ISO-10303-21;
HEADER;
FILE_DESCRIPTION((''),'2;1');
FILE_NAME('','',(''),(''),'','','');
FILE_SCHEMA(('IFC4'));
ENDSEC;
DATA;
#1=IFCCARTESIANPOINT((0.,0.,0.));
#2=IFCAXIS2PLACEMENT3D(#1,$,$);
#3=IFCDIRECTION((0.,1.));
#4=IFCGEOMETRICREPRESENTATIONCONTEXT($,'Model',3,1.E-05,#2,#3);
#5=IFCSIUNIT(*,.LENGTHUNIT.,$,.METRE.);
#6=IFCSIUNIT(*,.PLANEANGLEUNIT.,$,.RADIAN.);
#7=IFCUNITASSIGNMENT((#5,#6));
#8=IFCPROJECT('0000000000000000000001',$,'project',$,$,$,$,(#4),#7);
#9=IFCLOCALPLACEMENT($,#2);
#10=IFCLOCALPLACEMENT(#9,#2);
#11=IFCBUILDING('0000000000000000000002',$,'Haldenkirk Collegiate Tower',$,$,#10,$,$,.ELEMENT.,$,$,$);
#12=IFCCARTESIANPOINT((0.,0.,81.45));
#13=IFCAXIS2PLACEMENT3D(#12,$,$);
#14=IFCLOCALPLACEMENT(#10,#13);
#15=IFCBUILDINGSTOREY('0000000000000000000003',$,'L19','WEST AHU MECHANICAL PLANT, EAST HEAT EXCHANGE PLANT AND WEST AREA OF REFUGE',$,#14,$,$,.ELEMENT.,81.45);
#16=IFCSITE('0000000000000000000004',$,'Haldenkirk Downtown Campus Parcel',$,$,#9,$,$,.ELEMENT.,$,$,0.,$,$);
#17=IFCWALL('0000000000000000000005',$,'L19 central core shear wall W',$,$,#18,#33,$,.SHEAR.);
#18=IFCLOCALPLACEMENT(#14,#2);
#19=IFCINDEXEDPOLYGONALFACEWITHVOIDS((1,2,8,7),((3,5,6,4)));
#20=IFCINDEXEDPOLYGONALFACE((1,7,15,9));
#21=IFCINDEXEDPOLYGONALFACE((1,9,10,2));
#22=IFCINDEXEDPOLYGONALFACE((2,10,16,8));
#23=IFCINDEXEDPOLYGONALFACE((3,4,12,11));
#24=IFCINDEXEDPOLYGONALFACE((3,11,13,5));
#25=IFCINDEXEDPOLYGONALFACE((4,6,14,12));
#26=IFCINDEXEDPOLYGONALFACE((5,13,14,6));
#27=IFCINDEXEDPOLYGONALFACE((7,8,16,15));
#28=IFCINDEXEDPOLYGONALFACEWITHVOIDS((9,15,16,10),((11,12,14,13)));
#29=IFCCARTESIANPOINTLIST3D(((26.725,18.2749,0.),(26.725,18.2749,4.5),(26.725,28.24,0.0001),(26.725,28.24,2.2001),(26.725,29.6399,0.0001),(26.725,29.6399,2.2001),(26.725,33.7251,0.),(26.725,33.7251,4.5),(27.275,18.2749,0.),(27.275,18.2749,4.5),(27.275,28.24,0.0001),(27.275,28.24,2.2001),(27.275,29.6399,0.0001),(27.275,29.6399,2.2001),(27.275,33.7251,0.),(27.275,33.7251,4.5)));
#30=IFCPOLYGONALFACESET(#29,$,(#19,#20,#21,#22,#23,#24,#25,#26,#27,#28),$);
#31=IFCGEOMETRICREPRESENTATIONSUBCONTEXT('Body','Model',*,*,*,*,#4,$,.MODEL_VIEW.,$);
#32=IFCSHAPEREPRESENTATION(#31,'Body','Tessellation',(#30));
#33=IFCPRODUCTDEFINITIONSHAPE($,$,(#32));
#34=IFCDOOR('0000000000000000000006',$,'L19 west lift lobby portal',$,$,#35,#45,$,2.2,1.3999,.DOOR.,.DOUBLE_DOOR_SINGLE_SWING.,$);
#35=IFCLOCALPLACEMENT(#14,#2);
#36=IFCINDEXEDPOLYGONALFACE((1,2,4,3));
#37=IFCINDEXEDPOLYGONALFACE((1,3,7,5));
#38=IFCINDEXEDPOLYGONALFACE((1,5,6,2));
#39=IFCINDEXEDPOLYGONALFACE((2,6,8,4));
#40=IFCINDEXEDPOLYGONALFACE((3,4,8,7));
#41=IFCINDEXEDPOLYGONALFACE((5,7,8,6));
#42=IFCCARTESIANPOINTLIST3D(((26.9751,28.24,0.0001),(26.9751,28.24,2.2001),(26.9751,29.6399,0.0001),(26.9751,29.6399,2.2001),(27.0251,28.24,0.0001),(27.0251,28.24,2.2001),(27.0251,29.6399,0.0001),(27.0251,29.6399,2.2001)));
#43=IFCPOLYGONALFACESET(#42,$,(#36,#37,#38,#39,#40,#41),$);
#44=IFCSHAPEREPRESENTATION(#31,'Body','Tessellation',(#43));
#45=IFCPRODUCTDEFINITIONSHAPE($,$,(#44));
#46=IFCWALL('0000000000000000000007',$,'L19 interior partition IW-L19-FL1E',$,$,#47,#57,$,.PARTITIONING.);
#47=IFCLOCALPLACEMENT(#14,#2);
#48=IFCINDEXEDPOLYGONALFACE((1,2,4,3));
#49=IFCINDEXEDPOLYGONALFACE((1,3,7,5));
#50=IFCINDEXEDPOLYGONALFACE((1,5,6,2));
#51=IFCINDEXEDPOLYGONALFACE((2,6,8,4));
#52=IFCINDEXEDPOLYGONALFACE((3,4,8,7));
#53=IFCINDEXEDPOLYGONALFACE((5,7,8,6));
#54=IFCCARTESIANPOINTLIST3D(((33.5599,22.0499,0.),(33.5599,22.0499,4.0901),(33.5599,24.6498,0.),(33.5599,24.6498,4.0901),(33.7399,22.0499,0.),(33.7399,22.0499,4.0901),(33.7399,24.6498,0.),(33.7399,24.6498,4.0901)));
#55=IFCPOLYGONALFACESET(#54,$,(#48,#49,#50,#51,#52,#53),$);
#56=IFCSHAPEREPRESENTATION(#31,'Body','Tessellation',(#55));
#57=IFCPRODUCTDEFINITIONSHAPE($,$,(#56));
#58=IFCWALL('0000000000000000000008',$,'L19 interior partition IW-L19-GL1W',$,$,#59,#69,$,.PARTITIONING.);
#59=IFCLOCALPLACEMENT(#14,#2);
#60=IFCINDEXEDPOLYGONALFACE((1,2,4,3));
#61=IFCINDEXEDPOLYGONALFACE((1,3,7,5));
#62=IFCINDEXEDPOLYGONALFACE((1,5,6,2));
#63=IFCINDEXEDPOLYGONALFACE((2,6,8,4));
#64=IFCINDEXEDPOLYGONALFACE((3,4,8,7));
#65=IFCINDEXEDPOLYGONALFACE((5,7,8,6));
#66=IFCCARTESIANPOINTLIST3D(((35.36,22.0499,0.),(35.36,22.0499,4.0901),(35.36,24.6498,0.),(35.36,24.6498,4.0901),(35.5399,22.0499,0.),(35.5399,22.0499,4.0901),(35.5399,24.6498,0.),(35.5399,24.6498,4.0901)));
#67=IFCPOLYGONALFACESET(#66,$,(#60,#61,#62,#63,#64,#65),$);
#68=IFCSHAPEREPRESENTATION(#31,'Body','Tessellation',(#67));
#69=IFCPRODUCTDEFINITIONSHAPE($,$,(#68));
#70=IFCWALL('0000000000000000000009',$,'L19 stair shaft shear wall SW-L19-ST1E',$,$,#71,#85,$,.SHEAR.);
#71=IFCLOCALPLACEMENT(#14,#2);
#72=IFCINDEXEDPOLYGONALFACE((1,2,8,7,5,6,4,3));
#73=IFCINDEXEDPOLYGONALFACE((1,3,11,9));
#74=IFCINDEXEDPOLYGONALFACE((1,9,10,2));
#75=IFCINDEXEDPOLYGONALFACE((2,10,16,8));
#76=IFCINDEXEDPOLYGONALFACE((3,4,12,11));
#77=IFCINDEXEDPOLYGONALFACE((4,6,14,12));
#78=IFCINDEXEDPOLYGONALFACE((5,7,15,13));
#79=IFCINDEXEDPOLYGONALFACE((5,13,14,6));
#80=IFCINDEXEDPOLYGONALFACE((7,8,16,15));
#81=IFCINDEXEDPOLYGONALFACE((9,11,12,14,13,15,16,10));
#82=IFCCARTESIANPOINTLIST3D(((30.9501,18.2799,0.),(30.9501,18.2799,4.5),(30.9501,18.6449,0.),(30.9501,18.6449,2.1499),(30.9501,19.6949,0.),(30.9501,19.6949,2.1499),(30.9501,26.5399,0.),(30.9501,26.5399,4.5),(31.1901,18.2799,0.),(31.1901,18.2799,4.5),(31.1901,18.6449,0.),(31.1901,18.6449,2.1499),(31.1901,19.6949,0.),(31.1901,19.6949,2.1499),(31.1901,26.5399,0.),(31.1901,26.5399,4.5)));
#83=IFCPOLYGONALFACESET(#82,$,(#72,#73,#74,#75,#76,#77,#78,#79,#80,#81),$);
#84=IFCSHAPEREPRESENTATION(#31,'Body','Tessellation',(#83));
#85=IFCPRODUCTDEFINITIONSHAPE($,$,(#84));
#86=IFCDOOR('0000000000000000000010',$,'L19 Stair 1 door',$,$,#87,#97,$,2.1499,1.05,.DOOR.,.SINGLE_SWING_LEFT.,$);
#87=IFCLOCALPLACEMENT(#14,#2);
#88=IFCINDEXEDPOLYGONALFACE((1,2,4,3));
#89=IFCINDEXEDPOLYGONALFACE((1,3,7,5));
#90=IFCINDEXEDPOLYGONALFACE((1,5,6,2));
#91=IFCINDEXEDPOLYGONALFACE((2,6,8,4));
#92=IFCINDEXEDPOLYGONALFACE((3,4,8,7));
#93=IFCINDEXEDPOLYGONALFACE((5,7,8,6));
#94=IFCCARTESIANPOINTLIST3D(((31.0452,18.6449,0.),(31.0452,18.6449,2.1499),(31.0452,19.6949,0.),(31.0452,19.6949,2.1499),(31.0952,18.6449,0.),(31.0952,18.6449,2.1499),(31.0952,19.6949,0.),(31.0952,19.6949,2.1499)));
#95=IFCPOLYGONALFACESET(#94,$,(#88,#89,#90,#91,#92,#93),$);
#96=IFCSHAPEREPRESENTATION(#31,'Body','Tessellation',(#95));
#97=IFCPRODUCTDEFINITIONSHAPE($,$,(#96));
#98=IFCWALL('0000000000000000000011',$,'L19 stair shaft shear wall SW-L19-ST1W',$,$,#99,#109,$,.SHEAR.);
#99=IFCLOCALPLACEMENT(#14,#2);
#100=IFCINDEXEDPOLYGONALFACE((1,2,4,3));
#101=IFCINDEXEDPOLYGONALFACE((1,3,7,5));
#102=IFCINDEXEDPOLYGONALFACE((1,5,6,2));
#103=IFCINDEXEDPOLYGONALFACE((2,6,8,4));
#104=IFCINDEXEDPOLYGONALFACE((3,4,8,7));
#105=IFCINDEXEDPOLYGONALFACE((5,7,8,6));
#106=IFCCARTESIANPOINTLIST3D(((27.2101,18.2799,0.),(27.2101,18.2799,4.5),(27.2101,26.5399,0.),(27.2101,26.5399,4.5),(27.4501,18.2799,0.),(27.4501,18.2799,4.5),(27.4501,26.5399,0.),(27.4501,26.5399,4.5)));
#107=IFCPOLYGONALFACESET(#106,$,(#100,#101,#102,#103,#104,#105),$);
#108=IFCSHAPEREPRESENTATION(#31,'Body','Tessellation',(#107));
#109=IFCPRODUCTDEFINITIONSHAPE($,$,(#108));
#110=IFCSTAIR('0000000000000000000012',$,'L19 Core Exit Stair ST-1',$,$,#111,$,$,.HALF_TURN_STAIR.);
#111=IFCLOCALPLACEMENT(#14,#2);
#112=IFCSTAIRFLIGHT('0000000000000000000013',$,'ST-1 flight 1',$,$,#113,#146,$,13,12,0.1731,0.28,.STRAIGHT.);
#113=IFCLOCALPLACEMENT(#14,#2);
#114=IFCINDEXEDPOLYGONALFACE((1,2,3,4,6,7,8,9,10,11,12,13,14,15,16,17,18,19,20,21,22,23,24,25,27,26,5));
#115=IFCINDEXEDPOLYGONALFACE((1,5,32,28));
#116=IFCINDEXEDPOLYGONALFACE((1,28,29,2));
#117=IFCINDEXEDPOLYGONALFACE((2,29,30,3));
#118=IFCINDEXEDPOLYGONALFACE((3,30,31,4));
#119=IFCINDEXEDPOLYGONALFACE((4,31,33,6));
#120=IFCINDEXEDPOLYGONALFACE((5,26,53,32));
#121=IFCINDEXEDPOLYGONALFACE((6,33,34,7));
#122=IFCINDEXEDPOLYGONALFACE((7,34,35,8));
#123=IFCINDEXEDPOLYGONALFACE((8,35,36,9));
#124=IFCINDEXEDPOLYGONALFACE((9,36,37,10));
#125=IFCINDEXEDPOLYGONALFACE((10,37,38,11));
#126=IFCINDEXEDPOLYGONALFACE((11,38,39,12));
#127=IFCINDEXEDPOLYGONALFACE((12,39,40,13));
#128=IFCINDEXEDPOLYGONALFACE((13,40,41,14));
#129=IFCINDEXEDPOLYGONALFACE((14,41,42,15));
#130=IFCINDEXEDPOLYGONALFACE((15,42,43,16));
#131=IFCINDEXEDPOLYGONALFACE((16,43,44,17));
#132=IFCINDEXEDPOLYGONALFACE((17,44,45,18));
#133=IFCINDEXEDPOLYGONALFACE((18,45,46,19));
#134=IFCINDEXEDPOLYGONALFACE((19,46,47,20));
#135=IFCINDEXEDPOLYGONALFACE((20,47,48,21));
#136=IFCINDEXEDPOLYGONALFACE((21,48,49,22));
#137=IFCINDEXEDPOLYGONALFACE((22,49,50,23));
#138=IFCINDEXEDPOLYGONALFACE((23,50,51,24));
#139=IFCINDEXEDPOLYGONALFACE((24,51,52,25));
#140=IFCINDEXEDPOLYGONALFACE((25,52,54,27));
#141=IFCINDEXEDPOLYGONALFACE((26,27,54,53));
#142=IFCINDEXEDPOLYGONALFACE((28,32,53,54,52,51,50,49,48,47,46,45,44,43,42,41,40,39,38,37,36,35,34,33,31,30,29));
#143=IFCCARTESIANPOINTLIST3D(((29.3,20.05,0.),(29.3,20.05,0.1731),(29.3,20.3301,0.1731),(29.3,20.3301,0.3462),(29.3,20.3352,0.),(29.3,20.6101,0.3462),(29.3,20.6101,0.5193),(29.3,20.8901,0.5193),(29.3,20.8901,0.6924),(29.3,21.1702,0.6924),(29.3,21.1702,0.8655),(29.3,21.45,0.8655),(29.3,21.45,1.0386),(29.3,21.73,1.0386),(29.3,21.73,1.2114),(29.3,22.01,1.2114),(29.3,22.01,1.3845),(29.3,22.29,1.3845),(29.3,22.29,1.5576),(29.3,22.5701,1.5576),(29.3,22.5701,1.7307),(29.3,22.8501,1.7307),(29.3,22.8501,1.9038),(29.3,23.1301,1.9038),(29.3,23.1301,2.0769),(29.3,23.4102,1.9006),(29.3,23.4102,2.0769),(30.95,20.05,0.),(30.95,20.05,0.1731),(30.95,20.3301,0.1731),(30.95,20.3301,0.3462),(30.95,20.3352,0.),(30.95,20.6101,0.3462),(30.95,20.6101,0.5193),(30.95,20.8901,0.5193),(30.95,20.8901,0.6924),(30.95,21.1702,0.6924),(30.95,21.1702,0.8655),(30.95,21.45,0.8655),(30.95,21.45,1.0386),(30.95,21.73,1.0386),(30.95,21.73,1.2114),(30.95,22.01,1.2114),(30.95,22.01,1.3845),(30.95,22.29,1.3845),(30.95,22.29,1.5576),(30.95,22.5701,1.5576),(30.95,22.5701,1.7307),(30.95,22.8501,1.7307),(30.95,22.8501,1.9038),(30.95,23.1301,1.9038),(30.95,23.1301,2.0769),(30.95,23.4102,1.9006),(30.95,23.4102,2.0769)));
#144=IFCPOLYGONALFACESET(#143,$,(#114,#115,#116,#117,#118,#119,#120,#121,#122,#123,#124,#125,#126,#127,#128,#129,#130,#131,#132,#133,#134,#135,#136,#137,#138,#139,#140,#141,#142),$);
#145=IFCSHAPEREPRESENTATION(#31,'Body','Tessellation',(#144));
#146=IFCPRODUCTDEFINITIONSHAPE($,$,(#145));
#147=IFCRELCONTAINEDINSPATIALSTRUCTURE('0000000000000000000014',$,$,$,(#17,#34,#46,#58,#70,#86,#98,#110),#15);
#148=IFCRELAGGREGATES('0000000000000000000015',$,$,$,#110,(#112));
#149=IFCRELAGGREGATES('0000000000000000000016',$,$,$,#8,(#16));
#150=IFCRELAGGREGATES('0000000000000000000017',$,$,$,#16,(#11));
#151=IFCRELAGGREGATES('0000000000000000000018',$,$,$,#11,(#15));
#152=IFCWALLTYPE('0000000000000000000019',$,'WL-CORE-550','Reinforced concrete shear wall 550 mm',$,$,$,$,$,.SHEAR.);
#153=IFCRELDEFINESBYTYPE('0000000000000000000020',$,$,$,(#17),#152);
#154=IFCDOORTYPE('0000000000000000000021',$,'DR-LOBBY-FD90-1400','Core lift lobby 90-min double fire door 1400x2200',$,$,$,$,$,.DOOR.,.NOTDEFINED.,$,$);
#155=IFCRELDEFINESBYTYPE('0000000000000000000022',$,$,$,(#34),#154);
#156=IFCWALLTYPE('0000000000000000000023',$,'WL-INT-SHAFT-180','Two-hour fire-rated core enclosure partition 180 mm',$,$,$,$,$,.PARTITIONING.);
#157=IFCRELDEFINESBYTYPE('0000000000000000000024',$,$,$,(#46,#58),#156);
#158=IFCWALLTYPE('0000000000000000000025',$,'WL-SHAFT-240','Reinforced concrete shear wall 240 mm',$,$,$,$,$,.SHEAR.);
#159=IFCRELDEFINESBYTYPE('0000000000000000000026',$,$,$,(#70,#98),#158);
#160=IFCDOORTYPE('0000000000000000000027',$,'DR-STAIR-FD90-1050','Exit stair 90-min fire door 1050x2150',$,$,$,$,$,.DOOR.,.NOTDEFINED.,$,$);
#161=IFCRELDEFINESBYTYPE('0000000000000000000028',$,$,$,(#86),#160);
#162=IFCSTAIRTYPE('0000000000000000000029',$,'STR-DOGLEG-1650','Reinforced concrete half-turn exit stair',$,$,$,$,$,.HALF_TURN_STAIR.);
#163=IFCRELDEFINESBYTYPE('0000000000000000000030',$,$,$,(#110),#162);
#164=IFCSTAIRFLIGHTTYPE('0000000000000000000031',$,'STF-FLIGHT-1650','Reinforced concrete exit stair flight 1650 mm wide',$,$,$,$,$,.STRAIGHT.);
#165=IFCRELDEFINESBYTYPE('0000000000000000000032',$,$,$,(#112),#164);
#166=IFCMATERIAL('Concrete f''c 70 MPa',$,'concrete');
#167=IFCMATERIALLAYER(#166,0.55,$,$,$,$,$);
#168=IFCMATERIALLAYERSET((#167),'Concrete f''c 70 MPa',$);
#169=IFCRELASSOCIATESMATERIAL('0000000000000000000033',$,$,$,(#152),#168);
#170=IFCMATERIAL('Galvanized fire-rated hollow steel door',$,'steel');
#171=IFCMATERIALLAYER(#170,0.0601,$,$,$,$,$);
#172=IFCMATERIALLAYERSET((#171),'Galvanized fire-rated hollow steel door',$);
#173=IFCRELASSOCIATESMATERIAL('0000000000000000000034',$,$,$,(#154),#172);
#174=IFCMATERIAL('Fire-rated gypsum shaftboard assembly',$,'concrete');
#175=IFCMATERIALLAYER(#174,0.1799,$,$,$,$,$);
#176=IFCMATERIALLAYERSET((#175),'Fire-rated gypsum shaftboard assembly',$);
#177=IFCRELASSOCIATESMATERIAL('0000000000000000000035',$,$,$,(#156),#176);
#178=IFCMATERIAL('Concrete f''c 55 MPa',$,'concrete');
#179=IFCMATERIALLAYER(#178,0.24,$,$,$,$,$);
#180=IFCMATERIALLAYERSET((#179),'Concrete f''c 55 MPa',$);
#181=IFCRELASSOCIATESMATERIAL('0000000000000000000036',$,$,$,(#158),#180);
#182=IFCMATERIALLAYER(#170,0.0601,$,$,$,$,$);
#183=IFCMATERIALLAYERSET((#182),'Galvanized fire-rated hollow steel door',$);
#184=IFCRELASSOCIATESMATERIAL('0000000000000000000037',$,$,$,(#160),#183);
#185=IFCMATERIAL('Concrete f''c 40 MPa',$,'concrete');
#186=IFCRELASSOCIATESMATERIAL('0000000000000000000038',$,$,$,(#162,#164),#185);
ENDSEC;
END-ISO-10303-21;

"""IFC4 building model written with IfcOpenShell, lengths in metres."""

from ifc_helpers import new_model, si_unit, direction, frame, frame_2d, origin, place, context, subcontext, project, spatial, polyline, rectangle, outline, extrude, material, layer, layer_set, type_object, element, fill, aggregate, save


model = new_model("IFC4")

# Units and contexts
model_context = context("Model", 3, precision=1e-05, world=origin(), true_north=direction((0.0, 1.0)))
body_context = subcontext(model_context, "Body", "Model", "MODEL_VIEW")
ifc_project = project(units=[si_unit("LENGTHUNIT", "METRE"), si_unit("PLANEANGLEUNIT", "RADIAN")], contexts=[model_context])

# Site, building, storey
site_placement = place(None, origin())
site = spatial("IfcSite", under=ifc_project, at=site_placement, Name="Haldenkirk Downtown Campus Parcel", CompositionType="ELEMENT", RefElevation=0.0)
building_placement = place(site_placement, origin())
building = spatial("IfcBuilding", under=site, at=building_placement, Name="Haldenkirk Collegiate Tower", CompositionType="ELEMENT")
storey_placement = place(building_placement, frame((0.0, 0.0, 81.45)))
storey = spatial("IfcBuildingStorey", under=building, at=storey_placement, Name="L19", Description="WEST AHU MECHANICAL PLANT, EAST HEAT EXCHANGE PLANT AND WEST AREA OF REFUGE", CompositionType="ELEMENT", Elevation=81.45)

# Wall, opening, door
ifc_material_1 = material(Name="Concrete f'c 70 MPa", Category="concrete")
ifc_layer_1 = layer(ifc_material_1, 0.55)
ifc_layer_set_1 = layer_set([ifc_layer_1], Name="Concrete f'c 70 MPa")
wall_type_1 = type_object("IfcWallType", Name="WL-CORE-550", Description="Reinforced concrete shear wall 550 mm", PredefinedType="SHEAR", material=ifc_layer_set_1)
wall_1_placement = place(storey_placement, frame((27.0, 18.2749, 0.0), z_axis=(0.0, 0.0, 1.0), x_axis=(0.0, 1.0, 0.0)))
wall_1 = element("IfcWall", 1, at=wall_1_placement, inside=storey, type_object=wall_type_1, Name="L19 central core shear wall W", PredefinedType="SHEAR", context=body_context, shape_type="SweptSolid", body=[
    extrude(rectangle(XDim=15.4502, YDim=0.55, at=frame_2d((7.7251, 0.0))), origin(), (0.0, 0.0, 1.0), 4.5),
])
opening_1_placement = place(wall_1_placement, frame((9.9651, 0.0, 0.0)))
opening_1 = element("IfcOpeningElement", 2, at=opening_1_placement, cuts=wall_1, PredefinedType="OPENING", context=body_context, shape_type="SweptSolid", body=[
    extrude(rectangle(XDim=1.3999, YDim=2.2, at=frame_2d((0.7, 1.1001))), frame((0.0, 0.2849, 0.0), z_axis=(0.0, -1.0, 0.0), x_axis=(1.0, 0.0, 0.0)), (0.0, 0.0, 1.0), 0.5701),
])
ifc_material_2 = material(Name="Galvanized fire-rated hollow steel door", Category="steel")
ifc_layer_2 = layer(ifc_material_2, 0.0601)
ifc_layer_set_2 = layer_set([ifc_layer_2], Name="Galvanized fire-rated hollow steel door")
door_type_1 = type_object("IfcDoorType", Name="DR-LOBBY-FD90-1400", Description="Core lift lobby 90-min double fire door 1400x2200", OperationType="NOTDEFINED", PredefinedType="DOOR", material=ifc_layer_set_2)
door_1_placement = place(opening_1_placement, origin())
door_1 = element("IfcDoor", 3, at=door_1_placement, inside=storey, type_object=door_type_1, Name="L19 west lift lobby portal", OperationType="DOUBLE_DOOR_SINGLE_SWING", OverallHeight=2.2, OverallWidth=1.3999, PredefinedType="DOOR", context=body_context, shape_type="SweptSolid", body=[
    extrude(rectangle(XDim=1.3999, YDim=2.2, at=frame_2d((0.7, 1.1001))), frame((0.0, 0.0249, 0.0), z_axis=(0.0, -1.0, 0.0), x_axis=(1.0, 0.0, 0.0)), (0.0, 0.0, 1.0), 0.05),
])
fill(opening_1, door_1)

# Walls
ifc_material_3 = material(Name="Fire-rated gypsum shaftboard assembly", Category="concrete")
ifc_layer_3 = layer(ifc_material_3, 0.1799)
ifc_layer_set_3 = layer_set([ifc_layer_3], Name="Fire-rated gypsum shaftboard assembly")
wall_type_2 = type_object("IfcWallType", Name="WL-INT-SHAFT-180", Description="Two-hour fire-rated core enclosure partition 180 mm", PredefinedType="PARTITIONING", material=ifc_layer_set_3)
for number, where, z_axis, x_axis, name in (
    (4, (33.6499, 22.05, 0.0), (0.0, 0.0, 1.0), (0.0, 1.0, 0.0), "L19 interior partition IW-L19-FL1E"),
    (5, (35.45, 22.05, 0.0), (0.0, 0.0, 1.0), (0.0, 1.0, 0.0), "L19 interior partition IW-L19-GL1W"),
):
    element("IfcWall", number, at=place(storey_placement, frame(where, z_axis=z_axis, x_axis=x_axis)), inside=storey, type_object=wall_type_2, Name=name, PredefinedType="PARTITIONING", context=body_context, shape_type="SweptSolid", body=[
        extrude(rectangle(XDim=2.5999, YDim=0.1799, at=frame_2d((1.2998, 0.0))), origin(), (0.0, 0.0, 1.0), 4.0901),
    ])

# Wall, opening, door
ifc_material_4 = material(Name="Concrete f'c 55 MPa", Category="concrete")
ifc_layer_4 = layer(ifc_material_4, 0.24)
ifc_layer_set_4 = layer_set([ifc_layer_4], Name="Concrete f'c 55 MPa")
wall_type_3 = type_object("IfcWallType", Name="WL-SHAFT-240", Description="Reinforced concrete shear wall 240 mm", PredefinedType="SHEAR", material=ifc_layer_set_4)
wall_2_placement = place(storey_placement, frame((31.0701, 18.28, 0.0), z_axis=(0.0, 0.0, 1.0), x_axis=(0.0, 1.0, 0.0)))
wall_2 = element("IfcWall", 6, at=wall_2_placement, inside=storey, type_object=wall_type_3, Name="L19 stair shaft shear wall SW-L19-ST1E", PredefinedType="SHEAR", context=body_context, shape_type="SweptSolid", body=[
    extrude(rectangle(XDim=8.26, YDim=0.24, at=frame_2d((4.1299, 0.0))), origin(), (0.0, 0.0, 1.0), 4.5),
])
opening_2_placement = place(wall_2_placement, frame((0.365, 0.0, 0.0)))
opening_2 = element("IfcOpeningElement", 7, at=opening_2_placement, cuts=wall_2, PredefinedType="OPENING", context=body_context, shape_type="SweptSolid", body=[
    extrude(rectangle(XDim=1.05, YDim=2.1499, at=frame_2d((0.5249, 1.075))), frame((0.0, 0.1299, 0.0), z_axis=(0.0, -1.0, 0.0), x_axis=(1.0, 0.0, 0.0)), (0.0, 0.0, 1.0), 0.26),
])
ifc_layer_5 = layer(ifc_material_2, 0.0601)
ifc_layer_set_5 = layer_set([ifc_layer_5], Name="Galvanized fire-rated hollow steel door")
door_type_2 = type_object("IfcDoorType", Name="DR-STAIR-FD90-1050", Description="Exit stair 90-min fire door 1050x2150", OperationType="NOTDEFINED", PredefinedType="DOOR", material=ifc_layer_set_5)
door_2_placement = place(opening_2_placement, origin())
door_2 = element("IfcDoor", 8, at=door_2_placement, inside=storey, type_object=door_type_2, Name="L19 Stair 1 door", OperationType="SINGLE_SWING_LEFT", OverallHeight=2.1499, OverallWidth=1.05, PredefinedType="DOOR", context=body_context, shape_type="SweptSolid", body=[
    extrude(rectangle(XDim=1.05, YDim=2.1499, at=frame_2d((0.5249, 1.075))), frame((0.0, 0.0249, 0.0), z_axis=(0.0, -1.0, 0.0), x_axis=(1.0, 0.0, 0.0)), (0.0, 0.0, 1.0), 0.05),
])
fill(opening_2, door_2)

# Wall
wall_3_placement = place(storey_placement, frame((27.3301, 18.28, 0.0), z_axis=(0.0, 0.0, 1.0), x_axis=(0.0, 1.0, 0.0)))
element("IfcWall", 9, at=wall_3_placement, inside=storey, type_object=wall_type_3, Name="L19 stair shaft shear wall SW-L19-ST1W", PredefinedType="SHEAR", context=body_context, shape_type="SweptSolid", body=[
    extrude(rectangle(XDim=8.26, YDim=0.24, at=frame_2d((4.1299, 0.0))), origin(), (0.0, 0.0, 1.0), 4.5),
])

# Stair, stair flight
ifc_material_5 = material(Name="Concrete f'c 40 MPa", Category="concrete")
stair_type = type_object("IfcStairType", Name="STR-DOGLEG-1650", Description="Reinforced concrete half-turn exit stair", PredefinedType="HALF_TURN_STAIR", material=ifc_material_5)
stair_placement = place(storey_placement, origin())
stair = element("IfcStair", 10, at=stair_placement, inside=storey, type_object=stair_type, Name="L19 Core Exit Stair ST-1", PredefinedType="HALF_TURN_STAIR")
stair_flight_type = type_object("IfcStairFlightType", Name="STF-FLIGHT-1650", Description="Reinforced concrete exit stair flight 1650 mm wide", PredefinedType="STRAIGHT", material=ifc_material_5)
stair_flight_1_placement = place(storey_placement, frame((30.125, 20.05, 0.0), z_axis=(0.0, 0.0, 1.0), x_axis=(0.0, 1.0, 0.0)))
stair_flight_1 = element("IfcStairFlight", 11, at=stair_flight_1_placement, type_object=stair_flight_type, Name="ST-1 flight 1", NumberOfRisers=13, NumberOfTreads=12, PredefinedType="STRAIGHT", RiserHeight=0.1731, TreadLength=0.28, context=body_context, shape_type="SweptSolid", body=[
    extrude(outline(polyline([(0.0, 0.0), (0.0, 0.1731), (0.28, 0.1731), (0.28, 0.3462), (0.5601, 0.3462), (0.5601, 0.5193), (0.8401, 0.5193), (0.8401, 0.6924), (1.1201, 0.6924), (1.1201, 0.8655), (1.3999, 0.8655), (1.3999, 1.0386), (1.6799, 1.0386), (1.6799, 1.2114), (1.96, 1.2114), (1.96, 1.3845), (2.24, 1.3845), (2.24, 1.5576), (2.52, 1.5576), (2.52, 1.7307), (2.8, 1.7307), (2.8, 1.9038), (3.0801, 1.9038), (3.0801, 2.0769), (3.3601, 2.0769), (3.3601, 2.25), (3.3601, 1.9006), (0.2852, 0.0), (0.0, 0.0)])), frame((0.0, 0.825, 0.0), z_axis=(0.0, -1.0, 0.0), x_axis=(1.0, 0.0, 0.0)), (0.0, 0.0, 1.0), 1.6499),
])
aggregate(stair, [stair_flight_1])

save(model, "model.ifc")
